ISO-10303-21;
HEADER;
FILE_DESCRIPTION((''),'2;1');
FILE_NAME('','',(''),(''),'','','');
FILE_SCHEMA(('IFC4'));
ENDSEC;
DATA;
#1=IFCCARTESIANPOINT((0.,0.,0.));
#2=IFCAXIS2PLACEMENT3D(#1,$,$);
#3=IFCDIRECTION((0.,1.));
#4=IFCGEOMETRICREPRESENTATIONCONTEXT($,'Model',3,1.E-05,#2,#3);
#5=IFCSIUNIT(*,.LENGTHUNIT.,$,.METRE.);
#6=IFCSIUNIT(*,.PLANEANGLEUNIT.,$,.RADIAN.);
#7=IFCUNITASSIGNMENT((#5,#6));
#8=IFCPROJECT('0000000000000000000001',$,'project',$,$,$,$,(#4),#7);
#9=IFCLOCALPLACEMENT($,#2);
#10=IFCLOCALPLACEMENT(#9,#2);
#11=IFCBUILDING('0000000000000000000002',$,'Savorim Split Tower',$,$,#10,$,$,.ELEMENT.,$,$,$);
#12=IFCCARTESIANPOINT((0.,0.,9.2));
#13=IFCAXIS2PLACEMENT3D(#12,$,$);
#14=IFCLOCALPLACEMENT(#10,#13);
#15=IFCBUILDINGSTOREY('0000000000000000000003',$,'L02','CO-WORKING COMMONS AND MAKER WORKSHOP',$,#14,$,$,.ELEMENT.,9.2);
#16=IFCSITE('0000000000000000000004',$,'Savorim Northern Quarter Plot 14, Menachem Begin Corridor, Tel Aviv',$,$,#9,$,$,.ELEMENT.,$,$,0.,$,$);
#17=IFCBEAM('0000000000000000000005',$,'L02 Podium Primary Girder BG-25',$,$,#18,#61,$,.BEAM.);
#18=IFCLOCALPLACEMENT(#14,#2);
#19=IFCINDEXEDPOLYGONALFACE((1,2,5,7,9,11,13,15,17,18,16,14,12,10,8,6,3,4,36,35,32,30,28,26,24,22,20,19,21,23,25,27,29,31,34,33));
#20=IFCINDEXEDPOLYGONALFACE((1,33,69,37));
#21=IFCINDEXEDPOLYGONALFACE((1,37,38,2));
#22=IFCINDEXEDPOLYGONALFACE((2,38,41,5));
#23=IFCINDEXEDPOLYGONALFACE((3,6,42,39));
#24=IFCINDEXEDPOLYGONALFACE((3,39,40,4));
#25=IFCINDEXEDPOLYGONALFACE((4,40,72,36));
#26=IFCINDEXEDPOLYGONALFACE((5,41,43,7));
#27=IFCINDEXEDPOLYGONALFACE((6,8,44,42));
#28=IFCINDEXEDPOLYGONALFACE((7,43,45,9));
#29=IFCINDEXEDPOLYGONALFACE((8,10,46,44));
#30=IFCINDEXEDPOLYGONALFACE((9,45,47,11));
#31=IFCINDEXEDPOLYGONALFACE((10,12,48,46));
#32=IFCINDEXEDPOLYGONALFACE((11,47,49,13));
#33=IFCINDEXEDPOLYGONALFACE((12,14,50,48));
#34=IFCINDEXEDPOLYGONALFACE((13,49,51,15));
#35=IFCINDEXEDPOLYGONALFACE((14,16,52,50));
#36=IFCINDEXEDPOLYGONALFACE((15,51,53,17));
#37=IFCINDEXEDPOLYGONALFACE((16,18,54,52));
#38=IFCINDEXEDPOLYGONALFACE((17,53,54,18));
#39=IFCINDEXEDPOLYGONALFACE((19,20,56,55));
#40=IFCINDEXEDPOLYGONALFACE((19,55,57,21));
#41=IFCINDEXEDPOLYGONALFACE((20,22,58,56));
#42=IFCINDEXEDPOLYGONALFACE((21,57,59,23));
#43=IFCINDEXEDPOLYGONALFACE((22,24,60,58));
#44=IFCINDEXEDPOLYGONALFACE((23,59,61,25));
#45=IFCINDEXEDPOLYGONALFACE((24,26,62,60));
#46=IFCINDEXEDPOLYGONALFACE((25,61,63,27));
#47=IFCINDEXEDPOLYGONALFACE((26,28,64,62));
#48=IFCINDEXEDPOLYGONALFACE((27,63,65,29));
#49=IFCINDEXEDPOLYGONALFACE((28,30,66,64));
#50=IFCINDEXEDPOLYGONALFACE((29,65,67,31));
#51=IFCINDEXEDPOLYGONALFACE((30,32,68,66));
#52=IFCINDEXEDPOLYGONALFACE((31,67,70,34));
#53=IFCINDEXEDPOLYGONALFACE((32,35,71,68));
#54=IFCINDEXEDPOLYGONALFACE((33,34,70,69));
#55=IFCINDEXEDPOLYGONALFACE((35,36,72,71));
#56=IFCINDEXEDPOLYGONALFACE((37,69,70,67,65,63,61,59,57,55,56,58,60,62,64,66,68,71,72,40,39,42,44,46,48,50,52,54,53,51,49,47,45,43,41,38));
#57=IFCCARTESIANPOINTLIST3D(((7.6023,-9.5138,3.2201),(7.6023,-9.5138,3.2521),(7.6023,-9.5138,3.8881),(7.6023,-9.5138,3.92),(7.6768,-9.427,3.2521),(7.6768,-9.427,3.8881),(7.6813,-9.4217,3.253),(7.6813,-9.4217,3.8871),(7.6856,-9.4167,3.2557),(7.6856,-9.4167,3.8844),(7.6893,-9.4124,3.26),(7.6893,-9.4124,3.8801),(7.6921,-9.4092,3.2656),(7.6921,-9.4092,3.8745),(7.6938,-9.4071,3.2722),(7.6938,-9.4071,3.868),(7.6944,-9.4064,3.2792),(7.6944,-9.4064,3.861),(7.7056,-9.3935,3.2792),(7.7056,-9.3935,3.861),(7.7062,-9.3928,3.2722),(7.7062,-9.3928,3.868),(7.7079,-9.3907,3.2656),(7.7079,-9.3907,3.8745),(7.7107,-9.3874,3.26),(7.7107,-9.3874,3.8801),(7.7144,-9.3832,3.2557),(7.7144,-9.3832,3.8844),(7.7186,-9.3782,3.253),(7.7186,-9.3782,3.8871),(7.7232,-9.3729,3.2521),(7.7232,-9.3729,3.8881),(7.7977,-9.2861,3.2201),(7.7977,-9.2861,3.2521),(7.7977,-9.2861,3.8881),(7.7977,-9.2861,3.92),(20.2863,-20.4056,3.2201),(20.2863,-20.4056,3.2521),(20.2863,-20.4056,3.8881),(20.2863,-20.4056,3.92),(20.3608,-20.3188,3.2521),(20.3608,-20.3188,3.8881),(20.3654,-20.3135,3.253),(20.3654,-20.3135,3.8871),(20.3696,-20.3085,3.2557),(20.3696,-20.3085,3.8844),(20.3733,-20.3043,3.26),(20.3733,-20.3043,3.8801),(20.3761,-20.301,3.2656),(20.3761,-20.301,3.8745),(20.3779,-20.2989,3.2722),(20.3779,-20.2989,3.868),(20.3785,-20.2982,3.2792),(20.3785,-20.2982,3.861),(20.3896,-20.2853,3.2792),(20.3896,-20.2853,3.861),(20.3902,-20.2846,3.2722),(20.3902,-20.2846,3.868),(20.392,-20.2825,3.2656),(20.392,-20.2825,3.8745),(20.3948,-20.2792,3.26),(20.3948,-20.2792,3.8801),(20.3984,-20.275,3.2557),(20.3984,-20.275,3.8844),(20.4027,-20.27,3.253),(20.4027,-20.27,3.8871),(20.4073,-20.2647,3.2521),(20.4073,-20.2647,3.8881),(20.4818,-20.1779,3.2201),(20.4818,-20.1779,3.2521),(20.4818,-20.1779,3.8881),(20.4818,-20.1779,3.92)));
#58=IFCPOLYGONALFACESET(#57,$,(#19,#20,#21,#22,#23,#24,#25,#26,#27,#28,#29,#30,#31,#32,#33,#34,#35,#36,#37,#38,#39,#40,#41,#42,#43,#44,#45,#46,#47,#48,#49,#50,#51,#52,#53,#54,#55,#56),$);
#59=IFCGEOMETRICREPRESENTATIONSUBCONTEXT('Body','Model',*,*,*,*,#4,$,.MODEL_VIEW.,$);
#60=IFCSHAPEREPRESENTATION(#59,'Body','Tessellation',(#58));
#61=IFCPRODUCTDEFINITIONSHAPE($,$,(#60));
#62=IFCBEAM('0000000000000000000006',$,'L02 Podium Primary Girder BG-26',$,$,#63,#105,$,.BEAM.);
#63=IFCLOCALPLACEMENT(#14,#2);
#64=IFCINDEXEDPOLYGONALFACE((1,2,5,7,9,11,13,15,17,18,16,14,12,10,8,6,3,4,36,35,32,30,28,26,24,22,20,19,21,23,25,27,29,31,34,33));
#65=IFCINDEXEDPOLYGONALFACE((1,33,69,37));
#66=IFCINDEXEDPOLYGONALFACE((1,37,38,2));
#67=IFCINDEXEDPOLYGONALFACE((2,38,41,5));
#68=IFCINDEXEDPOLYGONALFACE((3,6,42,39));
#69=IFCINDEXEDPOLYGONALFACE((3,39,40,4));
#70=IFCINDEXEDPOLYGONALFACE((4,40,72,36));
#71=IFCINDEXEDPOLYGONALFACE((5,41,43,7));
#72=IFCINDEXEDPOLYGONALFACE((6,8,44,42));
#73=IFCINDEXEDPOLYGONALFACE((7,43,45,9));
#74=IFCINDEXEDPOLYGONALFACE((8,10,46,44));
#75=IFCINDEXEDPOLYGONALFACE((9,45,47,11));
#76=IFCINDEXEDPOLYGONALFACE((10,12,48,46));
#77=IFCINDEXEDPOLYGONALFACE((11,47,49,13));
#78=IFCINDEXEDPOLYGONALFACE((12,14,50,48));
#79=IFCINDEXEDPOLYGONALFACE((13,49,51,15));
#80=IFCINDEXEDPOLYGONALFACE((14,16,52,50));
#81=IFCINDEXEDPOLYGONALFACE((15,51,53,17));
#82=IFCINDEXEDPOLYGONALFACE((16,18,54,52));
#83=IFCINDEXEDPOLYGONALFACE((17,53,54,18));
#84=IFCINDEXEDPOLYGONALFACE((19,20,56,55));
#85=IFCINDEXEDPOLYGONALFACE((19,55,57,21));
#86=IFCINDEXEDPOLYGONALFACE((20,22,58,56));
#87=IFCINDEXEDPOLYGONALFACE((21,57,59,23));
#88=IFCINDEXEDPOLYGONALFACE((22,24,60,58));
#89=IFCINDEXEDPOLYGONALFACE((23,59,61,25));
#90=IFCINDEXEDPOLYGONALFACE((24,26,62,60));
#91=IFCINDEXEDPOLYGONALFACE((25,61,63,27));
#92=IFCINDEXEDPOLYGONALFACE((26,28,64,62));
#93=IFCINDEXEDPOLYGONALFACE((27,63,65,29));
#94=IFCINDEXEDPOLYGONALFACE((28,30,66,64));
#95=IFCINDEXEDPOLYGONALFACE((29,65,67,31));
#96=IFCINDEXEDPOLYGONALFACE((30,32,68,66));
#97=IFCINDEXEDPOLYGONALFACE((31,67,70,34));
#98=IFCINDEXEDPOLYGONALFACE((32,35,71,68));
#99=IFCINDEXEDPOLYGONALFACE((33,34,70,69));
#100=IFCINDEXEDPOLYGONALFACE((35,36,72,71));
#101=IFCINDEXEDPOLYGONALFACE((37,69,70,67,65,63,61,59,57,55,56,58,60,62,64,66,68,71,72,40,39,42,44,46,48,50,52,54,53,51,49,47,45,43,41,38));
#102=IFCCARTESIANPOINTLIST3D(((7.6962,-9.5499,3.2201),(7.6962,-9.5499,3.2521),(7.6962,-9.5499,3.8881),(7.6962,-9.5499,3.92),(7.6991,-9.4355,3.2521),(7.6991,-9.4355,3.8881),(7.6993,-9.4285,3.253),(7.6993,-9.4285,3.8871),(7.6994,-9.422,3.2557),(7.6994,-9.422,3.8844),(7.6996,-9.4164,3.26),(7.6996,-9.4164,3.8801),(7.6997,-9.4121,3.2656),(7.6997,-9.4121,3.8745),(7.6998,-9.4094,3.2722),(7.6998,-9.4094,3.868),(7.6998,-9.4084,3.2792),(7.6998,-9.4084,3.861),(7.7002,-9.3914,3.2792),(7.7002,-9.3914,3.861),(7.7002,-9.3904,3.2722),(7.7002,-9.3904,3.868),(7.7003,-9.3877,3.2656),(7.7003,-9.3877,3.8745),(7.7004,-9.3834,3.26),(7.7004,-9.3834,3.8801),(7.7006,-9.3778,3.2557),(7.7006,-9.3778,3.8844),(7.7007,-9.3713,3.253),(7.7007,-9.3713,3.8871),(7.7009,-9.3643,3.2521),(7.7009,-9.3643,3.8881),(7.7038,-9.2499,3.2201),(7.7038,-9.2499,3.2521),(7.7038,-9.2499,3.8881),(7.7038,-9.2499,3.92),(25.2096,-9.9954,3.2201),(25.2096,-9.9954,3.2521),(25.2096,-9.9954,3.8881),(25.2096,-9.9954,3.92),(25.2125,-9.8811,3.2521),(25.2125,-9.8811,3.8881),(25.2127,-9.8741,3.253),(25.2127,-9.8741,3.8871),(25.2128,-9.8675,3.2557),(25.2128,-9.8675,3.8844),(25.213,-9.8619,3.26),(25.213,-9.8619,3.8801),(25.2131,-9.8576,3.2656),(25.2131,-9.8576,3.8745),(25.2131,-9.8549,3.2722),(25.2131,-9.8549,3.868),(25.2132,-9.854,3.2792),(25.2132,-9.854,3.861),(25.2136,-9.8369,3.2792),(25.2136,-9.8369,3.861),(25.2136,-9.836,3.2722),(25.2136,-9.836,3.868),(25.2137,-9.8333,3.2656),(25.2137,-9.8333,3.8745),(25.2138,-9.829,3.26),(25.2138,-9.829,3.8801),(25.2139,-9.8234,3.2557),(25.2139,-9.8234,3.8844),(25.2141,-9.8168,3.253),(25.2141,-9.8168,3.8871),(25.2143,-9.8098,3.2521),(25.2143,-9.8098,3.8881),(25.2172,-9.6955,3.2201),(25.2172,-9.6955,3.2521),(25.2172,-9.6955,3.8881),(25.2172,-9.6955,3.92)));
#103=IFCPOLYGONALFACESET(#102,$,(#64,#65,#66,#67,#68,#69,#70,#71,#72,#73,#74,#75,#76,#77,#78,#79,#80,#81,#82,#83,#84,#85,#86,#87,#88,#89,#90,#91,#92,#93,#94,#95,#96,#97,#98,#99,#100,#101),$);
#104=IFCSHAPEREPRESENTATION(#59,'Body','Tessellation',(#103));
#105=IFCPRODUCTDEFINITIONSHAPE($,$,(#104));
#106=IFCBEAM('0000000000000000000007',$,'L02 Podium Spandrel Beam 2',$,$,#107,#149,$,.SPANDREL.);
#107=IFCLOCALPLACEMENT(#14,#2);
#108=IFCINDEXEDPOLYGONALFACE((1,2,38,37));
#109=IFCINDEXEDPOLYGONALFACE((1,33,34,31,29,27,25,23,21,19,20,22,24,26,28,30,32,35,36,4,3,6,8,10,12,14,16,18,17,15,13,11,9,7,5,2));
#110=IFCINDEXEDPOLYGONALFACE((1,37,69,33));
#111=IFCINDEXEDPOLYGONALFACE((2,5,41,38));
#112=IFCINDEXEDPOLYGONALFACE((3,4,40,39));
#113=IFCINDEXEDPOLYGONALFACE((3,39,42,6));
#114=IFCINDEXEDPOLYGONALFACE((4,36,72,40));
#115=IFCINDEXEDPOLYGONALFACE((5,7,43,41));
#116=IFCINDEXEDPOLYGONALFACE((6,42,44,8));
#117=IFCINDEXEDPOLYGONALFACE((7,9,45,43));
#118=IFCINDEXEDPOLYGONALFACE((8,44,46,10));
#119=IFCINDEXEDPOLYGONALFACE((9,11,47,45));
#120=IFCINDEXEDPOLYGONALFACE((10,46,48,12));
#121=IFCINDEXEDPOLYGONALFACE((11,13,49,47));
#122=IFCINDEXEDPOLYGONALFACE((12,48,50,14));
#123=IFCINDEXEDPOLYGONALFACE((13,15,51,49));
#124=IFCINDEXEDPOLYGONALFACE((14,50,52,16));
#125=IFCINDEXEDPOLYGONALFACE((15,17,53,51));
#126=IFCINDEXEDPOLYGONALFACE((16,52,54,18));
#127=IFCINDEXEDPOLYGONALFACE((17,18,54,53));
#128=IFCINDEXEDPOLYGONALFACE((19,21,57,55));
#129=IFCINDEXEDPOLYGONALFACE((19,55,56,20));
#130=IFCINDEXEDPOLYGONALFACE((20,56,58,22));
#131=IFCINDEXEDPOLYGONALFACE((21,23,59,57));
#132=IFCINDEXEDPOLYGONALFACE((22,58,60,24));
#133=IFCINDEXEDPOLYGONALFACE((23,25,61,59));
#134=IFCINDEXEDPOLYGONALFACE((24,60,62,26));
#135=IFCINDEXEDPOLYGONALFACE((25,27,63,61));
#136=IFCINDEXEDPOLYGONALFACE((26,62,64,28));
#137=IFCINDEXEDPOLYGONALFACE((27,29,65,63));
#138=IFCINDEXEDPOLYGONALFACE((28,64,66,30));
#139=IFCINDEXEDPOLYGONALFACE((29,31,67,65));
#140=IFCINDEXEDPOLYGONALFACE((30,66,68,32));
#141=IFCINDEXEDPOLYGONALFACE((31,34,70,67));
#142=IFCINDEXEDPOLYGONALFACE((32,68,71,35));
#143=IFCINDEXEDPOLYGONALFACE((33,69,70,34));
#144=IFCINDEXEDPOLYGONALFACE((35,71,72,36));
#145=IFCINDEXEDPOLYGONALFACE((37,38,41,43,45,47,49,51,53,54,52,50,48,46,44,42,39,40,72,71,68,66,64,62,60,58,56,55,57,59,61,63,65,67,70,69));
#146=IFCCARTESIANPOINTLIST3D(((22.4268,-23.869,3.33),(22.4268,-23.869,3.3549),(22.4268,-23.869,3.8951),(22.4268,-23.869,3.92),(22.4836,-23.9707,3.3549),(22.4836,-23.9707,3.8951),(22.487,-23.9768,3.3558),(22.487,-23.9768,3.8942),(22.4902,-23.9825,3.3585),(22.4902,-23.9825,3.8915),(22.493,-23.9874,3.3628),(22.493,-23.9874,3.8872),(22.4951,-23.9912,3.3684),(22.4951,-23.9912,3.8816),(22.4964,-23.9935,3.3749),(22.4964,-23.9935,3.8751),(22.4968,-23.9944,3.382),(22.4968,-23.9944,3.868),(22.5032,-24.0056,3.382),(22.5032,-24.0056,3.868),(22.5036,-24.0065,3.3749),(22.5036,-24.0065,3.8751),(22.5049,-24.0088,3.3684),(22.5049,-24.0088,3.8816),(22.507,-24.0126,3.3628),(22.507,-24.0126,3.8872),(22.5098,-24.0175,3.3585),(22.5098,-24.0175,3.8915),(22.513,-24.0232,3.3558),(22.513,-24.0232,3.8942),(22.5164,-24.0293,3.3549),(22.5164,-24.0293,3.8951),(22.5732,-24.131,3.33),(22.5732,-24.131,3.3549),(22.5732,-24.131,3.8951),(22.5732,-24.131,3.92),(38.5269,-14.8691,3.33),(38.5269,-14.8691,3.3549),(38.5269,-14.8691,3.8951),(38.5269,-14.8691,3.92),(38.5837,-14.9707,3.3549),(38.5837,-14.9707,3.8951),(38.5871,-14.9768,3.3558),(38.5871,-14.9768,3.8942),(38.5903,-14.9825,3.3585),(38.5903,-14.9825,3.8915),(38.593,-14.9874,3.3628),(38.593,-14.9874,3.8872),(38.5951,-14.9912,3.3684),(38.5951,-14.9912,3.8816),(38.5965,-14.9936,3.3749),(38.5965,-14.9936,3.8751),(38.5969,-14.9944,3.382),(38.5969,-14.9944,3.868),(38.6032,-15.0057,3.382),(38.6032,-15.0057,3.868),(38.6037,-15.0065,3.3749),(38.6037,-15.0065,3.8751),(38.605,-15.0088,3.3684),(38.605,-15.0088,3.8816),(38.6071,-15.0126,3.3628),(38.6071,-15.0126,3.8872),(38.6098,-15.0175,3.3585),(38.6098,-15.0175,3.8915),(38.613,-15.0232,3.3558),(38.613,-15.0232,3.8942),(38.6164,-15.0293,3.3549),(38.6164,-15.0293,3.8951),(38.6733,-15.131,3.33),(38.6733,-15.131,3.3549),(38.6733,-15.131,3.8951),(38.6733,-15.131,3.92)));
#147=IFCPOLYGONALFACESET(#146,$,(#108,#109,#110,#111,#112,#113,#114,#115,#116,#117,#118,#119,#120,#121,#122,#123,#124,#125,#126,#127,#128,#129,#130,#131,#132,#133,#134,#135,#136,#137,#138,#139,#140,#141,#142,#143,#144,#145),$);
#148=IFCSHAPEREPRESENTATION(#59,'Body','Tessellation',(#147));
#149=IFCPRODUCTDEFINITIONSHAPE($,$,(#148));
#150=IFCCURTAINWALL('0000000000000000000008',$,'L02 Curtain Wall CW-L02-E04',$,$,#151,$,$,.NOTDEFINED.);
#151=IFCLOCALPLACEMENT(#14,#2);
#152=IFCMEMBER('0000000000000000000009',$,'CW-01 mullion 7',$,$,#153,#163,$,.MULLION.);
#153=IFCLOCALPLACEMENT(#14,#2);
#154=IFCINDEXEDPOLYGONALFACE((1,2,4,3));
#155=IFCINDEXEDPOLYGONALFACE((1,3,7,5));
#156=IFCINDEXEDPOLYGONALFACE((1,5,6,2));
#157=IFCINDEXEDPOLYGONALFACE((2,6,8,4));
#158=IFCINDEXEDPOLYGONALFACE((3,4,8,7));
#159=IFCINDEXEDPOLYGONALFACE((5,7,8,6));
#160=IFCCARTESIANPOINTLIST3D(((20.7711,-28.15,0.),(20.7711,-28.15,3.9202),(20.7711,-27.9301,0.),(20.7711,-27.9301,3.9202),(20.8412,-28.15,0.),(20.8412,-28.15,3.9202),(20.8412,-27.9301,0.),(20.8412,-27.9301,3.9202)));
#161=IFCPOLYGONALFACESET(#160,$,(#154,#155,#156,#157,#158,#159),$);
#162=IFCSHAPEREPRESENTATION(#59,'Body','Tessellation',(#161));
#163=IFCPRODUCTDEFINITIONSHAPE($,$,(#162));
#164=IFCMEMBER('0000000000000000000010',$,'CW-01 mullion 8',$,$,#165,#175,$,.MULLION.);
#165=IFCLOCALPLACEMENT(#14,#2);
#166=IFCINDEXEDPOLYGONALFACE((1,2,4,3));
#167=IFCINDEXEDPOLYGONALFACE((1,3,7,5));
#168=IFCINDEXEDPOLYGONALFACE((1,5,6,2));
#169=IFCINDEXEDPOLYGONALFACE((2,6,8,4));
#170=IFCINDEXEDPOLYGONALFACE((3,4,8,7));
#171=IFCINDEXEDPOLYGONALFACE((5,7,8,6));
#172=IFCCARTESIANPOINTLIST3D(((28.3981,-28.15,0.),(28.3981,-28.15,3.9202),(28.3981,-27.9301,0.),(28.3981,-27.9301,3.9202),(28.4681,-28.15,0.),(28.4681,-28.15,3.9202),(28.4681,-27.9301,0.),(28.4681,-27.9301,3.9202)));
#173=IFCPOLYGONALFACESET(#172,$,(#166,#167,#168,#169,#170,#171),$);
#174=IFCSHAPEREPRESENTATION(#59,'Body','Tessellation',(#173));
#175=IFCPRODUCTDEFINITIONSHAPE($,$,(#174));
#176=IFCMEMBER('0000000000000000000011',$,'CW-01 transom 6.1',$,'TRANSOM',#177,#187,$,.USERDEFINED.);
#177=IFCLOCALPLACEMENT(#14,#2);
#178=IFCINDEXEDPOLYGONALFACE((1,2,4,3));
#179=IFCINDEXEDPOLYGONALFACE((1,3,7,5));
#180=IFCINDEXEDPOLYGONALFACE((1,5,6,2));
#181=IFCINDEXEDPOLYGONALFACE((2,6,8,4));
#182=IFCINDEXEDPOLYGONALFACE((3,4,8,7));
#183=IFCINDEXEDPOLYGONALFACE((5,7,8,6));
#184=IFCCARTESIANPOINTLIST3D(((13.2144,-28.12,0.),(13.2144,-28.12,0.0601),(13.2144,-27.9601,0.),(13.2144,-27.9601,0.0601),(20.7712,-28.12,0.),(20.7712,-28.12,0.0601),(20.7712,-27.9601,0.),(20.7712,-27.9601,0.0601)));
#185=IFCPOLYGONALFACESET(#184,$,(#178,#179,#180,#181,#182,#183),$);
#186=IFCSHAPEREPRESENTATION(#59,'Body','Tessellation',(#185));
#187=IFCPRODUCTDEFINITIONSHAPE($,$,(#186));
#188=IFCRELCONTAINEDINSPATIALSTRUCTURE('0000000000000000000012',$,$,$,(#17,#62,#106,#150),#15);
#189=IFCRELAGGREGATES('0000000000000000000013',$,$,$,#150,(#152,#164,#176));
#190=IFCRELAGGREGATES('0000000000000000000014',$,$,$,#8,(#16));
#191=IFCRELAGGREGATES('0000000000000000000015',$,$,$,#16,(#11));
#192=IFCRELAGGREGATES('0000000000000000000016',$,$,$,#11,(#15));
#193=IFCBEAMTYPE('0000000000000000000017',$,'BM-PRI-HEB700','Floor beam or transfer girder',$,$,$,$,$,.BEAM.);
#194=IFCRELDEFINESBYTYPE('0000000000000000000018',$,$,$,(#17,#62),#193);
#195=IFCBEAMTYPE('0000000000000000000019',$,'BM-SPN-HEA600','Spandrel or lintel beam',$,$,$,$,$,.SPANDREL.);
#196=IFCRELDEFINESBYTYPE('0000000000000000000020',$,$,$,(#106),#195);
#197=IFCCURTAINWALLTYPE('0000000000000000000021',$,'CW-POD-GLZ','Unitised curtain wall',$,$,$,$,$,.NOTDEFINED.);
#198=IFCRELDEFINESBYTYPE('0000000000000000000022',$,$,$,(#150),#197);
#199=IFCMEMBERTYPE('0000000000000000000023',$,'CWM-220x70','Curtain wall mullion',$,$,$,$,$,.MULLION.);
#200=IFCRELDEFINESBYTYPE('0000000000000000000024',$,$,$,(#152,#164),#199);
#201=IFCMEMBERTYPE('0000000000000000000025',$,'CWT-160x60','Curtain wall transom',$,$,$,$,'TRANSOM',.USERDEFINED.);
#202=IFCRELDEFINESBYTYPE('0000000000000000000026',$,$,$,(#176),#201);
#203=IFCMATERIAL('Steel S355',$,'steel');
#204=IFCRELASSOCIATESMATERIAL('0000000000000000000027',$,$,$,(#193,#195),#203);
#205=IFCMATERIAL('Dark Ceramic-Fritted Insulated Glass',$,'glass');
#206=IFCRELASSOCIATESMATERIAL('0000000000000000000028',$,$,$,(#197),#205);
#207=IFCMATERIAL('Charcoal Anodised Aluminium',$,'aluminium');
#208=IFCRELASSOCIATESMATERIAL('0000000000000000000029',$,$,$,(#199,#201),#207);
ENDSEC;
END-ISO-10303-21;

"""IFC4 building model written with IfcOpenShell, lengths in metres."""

from ifc_helpers import new_model, si_unit, direction, frame, origin, origin_2d, place, context, subcontext, project, spatial, rectangle, i_section, extrude, material, material_profile, profile_set, type_object, element, aggregate, save


model = new_model("IFC4")

# Units and contexts
model_context = context("Model", 3, precision=1e-05, world=origin(), true_north=direction((0.0, 1.0)))
body_context = subcontext(model_context, "Body", "Model", "MODEL_VIEW")
ifc_project = project(units=[si_unit("LENGTHUNIT", "METRE"), si_unit("PLANEANGLEUNIT", "RADIAN")], contexts=[model_context])

# Site, building, storey
site_placement = place(None, origin())
site = spatial("IfcSite", under=ifc_project, at=site_placement, Name="Savorim Northern Quarter Plot 14, Menachem Begin Corridor, Tel Aviv", CompositionType="ELEMENT", RefElevation=0.0)
building_placement = place(site_placement, origin())
building = spatial("IfcBuilding", under=site, at=building_placement, Name="Savorim Split Tower", CompositionType="ELEMENT")
storey_placement = place(building_placement, frame((0.0, 0.0, 9.2)))
storey = spatial("IfcBuildingStorey", under=building, at=storey_placement, Name="L02", Description="CO-WORKING COMMONS AND MAKER WORKSHOP", CompositionType="ELEMENT", Elevation=9.2)

# Beams
ifc_material_1 = material(Name="Steel S355", Category="steel")
ifc_material_profile_1 = material_profile(ifc_material_1, i_section(OverallWidth=0.3, OverallDepth=0.7, WebThickness=0.0171, FlangeThickness=0.032, FilletRadius=0.0271, at=origin_2d()), Name="HEB 700")
ifc_profile_set_1 = profile_set([ifc_material_profile_1], Name="Steel S355")
beam_type_1 = type_object("IfcBeamType", Name="BM-PRI-HEB700", Description="Floor beam or transfer girder", PredefinedType="BEAM", material=ifc_profile_set_1)
beam_1_placement = place(storey_placement, frame((20.384, -20.2917, 3.5701), z_axis=(-0.758672, 0.651473, 0.0), x_axis=(-0.651473, -0.758672, 0.0)))
element("IfcBeam", 1, at=beam_1_placement, inside=storey, type_object=beam_type_1, Name="L02 Podium Primary Girder BG-25", PredefinedType="BEAM", context=body_context, shape_type="SweptSolid", body=[
    extrude(i_section(OverallWidth=0.3, OverallDepth=0.7, WebThickness=0.0171, FlangeThickness=0.032, FilletRadius=0.0271, at=origin_2d()), origin(), (0.0, 0.0, 1.0), 16.7188),
])
beam_2_placement = place(storey_placement, frame((25.2134, -9.8455, 3.5701), z_axis=(-0.999677, 0.025433, 0.0), x_axis=(-0.025433, -0.999677, 0.0)))
element("IfcBeam", 2, at=beam_2_placement, inside=storey, type_object=beam_type_1, Name="L02 Podium Primary Girder BG-26", PredefinedType="BEAM", context=body_context, shape_type="SweptSolid", body=[
    extrude(i_section(OverallWidth=0.3, OverallDepth=0.7, WebThickness=0.0171, FlangeThickness=0.032, FilletRadius=0.0271, at=origin_2d()), origin(), (0.0, 0.0, 1.0), 17.519),
])
ifc_material_profile_2 = material_profile(ifc_material_1, i_section(OverallWidth=0.3, OverallDepth=0.5901, WebThickness=0.0129, FlangeThickness=0.0249, FilletRadius=0.0271, at=origin_2d()), Name="HEA 600")
ifc_profile_set_2 = profile_set([ifc_material_profile_2], Name="Steel S355")
beam_type_2 = type_object("IfcBeamType", Name="BM-SPN-HEA600", Description="Spandrel or lintel beam", PredefinedType="SPANDREL", material=ifc_profile_set_2)
beam_3_placement = place(storey_placement, frame((22.5, -24.0, 3.625), z_axis=(0.872877, 0.487941, 0.0), x_axis=(-0.487941, 0.872877, 0.0)))
element("IfcBeam", 3, at=beam_3_placement, inside=storey, type_object=beam_type_2, Name="L02 Podium Spandrel Beam 2", PredefinedType="SPANDREL", context=body_context, shape_type="SweptSolid", body=[
    extrude(i_section(OverallWidth=0.3, OverallDepth=0.5901, WebThickness=0.0129, FlangeThickness=0.0249, FilletRadius=0.0271, at=origin_2d()), origin(), (0.0, 0.0, 1.0), 18.4448),
])

# Curtain wall, members
ifc_material_2 = material(Name="Dark Ceramic-Fritted Insulated Glass", Category="glass")
curtain_wall_type = type_object("IfcCurtainWallType", Name="CW-POD-GLZ", Description="Unitised curtain wall", PredefinedType="NOTDEFINED", material=ifc_material_2)
curtain_wall_placement = place(storey_placement, origin())
curtain_wall = element("IfcCurtainWall", 4, at=curtain_wall_placement, inside=storey, type_object=curtain_wall_type, Name="L02 Curtain Wall CW-L02-E04", PredefinedType="NOTDEFINED")
ifc_material_3 = material(Name="Charcoal Anodised Aluminium", Category="aluminium")
ifc_material_profile_3 = material_profile(ifc_material_3, rectangle(XDim=0.22, YDim=0.0701, at=origin_2d()), Name="ALU-M 220x70")
ifc_profile_set_3 = profile_set([ifc_material_profile_3], Name="Charcoal Anodised Aluminium")
member_type_1 = type_object("IfcMemberType", Name="CWM-220x70", Description="Curtain wall mullion", PredefinedType="MULLION", material=ifc_profile_set_3)
member_1_placement = place(storey_placement, frame((20.8062, -28.04, 0.0), z_axis=(0.0, 0.0, 1.0), x_axis=(0.0, 1.0, 0.0)))
member_1 = element("IfcMember", 5, at=member_1_placement, type_object=member_type_1, Name="CW-01 mullion 7", PredefinedType="MULLION", context=body_context, shape_type="SweptSolid", body=[
    extrude(rectangle(XDim=0.22, YDim=0.0701, at=origin_2d()), origin(), (0.0, 0.0, 1.0), 3.9202),
])
member_2_placement = place(storey_placement, frame((28.4331, -28.04, 0.0), z_axis=(0.0, 0.0, 1.0), x_axis=(0.0, 1.0, 0.0)))
member_2 = element("IfcMember", 6, at=member_2_placement, type_object=member_type_1, Name="CW-01 mullion 8", PredefinedType="MULLION", context=body_context, shape_type="SweptSolid", body=[
    extrude(rectangle(XDim=0.22, YDim=0.0701, at=origin_2d()), origin(), (0.0, 0.0, 1.0), 3.9202),
])
ifc_material_profile_4 = material_profile(ifc_material_3, rectangle(XDim=0.1599, YDim=0.0601, at=origin_2d()), Name="ALU-T 160x60")
ifc_profile_set_4 = profile_set([ifc_material_profile_4], Name="Charcoal Anodised Aluminium")
member_type_2 = type_object("IfcMemberType", Name="CWT-160x60", Description="Curtain wall transom", ElementType="TRANSOM", PredefinedType="USERDEFINED", material=ifc_profile_set_4)
member_3_placement = place(storey_placement, frame((13.2144, -28.04, 0.03), z_axis=(1.0, 0.0, 0.0), x_axis=(0.0, 1.0, 0.0)))
member_3 = element("IfcMember", 7, at=member_3_placement, type_object=member_type_2, Name="CW-01 transom 6.1", ObjectType="TRANSOM", PredefinedType="USERDEFINED", context=body_context, shape_type="SweptSolid", body=[
    extrude(rectangle(XDim=0.1599, YDim=0.0601, at=origin_2d()), origin(), (0.0, 0.0, 1.0), 7.5569),
])
aggregate(curtain_wall, [member_1, member_2, member_3])

save(model, "model.ifc")
